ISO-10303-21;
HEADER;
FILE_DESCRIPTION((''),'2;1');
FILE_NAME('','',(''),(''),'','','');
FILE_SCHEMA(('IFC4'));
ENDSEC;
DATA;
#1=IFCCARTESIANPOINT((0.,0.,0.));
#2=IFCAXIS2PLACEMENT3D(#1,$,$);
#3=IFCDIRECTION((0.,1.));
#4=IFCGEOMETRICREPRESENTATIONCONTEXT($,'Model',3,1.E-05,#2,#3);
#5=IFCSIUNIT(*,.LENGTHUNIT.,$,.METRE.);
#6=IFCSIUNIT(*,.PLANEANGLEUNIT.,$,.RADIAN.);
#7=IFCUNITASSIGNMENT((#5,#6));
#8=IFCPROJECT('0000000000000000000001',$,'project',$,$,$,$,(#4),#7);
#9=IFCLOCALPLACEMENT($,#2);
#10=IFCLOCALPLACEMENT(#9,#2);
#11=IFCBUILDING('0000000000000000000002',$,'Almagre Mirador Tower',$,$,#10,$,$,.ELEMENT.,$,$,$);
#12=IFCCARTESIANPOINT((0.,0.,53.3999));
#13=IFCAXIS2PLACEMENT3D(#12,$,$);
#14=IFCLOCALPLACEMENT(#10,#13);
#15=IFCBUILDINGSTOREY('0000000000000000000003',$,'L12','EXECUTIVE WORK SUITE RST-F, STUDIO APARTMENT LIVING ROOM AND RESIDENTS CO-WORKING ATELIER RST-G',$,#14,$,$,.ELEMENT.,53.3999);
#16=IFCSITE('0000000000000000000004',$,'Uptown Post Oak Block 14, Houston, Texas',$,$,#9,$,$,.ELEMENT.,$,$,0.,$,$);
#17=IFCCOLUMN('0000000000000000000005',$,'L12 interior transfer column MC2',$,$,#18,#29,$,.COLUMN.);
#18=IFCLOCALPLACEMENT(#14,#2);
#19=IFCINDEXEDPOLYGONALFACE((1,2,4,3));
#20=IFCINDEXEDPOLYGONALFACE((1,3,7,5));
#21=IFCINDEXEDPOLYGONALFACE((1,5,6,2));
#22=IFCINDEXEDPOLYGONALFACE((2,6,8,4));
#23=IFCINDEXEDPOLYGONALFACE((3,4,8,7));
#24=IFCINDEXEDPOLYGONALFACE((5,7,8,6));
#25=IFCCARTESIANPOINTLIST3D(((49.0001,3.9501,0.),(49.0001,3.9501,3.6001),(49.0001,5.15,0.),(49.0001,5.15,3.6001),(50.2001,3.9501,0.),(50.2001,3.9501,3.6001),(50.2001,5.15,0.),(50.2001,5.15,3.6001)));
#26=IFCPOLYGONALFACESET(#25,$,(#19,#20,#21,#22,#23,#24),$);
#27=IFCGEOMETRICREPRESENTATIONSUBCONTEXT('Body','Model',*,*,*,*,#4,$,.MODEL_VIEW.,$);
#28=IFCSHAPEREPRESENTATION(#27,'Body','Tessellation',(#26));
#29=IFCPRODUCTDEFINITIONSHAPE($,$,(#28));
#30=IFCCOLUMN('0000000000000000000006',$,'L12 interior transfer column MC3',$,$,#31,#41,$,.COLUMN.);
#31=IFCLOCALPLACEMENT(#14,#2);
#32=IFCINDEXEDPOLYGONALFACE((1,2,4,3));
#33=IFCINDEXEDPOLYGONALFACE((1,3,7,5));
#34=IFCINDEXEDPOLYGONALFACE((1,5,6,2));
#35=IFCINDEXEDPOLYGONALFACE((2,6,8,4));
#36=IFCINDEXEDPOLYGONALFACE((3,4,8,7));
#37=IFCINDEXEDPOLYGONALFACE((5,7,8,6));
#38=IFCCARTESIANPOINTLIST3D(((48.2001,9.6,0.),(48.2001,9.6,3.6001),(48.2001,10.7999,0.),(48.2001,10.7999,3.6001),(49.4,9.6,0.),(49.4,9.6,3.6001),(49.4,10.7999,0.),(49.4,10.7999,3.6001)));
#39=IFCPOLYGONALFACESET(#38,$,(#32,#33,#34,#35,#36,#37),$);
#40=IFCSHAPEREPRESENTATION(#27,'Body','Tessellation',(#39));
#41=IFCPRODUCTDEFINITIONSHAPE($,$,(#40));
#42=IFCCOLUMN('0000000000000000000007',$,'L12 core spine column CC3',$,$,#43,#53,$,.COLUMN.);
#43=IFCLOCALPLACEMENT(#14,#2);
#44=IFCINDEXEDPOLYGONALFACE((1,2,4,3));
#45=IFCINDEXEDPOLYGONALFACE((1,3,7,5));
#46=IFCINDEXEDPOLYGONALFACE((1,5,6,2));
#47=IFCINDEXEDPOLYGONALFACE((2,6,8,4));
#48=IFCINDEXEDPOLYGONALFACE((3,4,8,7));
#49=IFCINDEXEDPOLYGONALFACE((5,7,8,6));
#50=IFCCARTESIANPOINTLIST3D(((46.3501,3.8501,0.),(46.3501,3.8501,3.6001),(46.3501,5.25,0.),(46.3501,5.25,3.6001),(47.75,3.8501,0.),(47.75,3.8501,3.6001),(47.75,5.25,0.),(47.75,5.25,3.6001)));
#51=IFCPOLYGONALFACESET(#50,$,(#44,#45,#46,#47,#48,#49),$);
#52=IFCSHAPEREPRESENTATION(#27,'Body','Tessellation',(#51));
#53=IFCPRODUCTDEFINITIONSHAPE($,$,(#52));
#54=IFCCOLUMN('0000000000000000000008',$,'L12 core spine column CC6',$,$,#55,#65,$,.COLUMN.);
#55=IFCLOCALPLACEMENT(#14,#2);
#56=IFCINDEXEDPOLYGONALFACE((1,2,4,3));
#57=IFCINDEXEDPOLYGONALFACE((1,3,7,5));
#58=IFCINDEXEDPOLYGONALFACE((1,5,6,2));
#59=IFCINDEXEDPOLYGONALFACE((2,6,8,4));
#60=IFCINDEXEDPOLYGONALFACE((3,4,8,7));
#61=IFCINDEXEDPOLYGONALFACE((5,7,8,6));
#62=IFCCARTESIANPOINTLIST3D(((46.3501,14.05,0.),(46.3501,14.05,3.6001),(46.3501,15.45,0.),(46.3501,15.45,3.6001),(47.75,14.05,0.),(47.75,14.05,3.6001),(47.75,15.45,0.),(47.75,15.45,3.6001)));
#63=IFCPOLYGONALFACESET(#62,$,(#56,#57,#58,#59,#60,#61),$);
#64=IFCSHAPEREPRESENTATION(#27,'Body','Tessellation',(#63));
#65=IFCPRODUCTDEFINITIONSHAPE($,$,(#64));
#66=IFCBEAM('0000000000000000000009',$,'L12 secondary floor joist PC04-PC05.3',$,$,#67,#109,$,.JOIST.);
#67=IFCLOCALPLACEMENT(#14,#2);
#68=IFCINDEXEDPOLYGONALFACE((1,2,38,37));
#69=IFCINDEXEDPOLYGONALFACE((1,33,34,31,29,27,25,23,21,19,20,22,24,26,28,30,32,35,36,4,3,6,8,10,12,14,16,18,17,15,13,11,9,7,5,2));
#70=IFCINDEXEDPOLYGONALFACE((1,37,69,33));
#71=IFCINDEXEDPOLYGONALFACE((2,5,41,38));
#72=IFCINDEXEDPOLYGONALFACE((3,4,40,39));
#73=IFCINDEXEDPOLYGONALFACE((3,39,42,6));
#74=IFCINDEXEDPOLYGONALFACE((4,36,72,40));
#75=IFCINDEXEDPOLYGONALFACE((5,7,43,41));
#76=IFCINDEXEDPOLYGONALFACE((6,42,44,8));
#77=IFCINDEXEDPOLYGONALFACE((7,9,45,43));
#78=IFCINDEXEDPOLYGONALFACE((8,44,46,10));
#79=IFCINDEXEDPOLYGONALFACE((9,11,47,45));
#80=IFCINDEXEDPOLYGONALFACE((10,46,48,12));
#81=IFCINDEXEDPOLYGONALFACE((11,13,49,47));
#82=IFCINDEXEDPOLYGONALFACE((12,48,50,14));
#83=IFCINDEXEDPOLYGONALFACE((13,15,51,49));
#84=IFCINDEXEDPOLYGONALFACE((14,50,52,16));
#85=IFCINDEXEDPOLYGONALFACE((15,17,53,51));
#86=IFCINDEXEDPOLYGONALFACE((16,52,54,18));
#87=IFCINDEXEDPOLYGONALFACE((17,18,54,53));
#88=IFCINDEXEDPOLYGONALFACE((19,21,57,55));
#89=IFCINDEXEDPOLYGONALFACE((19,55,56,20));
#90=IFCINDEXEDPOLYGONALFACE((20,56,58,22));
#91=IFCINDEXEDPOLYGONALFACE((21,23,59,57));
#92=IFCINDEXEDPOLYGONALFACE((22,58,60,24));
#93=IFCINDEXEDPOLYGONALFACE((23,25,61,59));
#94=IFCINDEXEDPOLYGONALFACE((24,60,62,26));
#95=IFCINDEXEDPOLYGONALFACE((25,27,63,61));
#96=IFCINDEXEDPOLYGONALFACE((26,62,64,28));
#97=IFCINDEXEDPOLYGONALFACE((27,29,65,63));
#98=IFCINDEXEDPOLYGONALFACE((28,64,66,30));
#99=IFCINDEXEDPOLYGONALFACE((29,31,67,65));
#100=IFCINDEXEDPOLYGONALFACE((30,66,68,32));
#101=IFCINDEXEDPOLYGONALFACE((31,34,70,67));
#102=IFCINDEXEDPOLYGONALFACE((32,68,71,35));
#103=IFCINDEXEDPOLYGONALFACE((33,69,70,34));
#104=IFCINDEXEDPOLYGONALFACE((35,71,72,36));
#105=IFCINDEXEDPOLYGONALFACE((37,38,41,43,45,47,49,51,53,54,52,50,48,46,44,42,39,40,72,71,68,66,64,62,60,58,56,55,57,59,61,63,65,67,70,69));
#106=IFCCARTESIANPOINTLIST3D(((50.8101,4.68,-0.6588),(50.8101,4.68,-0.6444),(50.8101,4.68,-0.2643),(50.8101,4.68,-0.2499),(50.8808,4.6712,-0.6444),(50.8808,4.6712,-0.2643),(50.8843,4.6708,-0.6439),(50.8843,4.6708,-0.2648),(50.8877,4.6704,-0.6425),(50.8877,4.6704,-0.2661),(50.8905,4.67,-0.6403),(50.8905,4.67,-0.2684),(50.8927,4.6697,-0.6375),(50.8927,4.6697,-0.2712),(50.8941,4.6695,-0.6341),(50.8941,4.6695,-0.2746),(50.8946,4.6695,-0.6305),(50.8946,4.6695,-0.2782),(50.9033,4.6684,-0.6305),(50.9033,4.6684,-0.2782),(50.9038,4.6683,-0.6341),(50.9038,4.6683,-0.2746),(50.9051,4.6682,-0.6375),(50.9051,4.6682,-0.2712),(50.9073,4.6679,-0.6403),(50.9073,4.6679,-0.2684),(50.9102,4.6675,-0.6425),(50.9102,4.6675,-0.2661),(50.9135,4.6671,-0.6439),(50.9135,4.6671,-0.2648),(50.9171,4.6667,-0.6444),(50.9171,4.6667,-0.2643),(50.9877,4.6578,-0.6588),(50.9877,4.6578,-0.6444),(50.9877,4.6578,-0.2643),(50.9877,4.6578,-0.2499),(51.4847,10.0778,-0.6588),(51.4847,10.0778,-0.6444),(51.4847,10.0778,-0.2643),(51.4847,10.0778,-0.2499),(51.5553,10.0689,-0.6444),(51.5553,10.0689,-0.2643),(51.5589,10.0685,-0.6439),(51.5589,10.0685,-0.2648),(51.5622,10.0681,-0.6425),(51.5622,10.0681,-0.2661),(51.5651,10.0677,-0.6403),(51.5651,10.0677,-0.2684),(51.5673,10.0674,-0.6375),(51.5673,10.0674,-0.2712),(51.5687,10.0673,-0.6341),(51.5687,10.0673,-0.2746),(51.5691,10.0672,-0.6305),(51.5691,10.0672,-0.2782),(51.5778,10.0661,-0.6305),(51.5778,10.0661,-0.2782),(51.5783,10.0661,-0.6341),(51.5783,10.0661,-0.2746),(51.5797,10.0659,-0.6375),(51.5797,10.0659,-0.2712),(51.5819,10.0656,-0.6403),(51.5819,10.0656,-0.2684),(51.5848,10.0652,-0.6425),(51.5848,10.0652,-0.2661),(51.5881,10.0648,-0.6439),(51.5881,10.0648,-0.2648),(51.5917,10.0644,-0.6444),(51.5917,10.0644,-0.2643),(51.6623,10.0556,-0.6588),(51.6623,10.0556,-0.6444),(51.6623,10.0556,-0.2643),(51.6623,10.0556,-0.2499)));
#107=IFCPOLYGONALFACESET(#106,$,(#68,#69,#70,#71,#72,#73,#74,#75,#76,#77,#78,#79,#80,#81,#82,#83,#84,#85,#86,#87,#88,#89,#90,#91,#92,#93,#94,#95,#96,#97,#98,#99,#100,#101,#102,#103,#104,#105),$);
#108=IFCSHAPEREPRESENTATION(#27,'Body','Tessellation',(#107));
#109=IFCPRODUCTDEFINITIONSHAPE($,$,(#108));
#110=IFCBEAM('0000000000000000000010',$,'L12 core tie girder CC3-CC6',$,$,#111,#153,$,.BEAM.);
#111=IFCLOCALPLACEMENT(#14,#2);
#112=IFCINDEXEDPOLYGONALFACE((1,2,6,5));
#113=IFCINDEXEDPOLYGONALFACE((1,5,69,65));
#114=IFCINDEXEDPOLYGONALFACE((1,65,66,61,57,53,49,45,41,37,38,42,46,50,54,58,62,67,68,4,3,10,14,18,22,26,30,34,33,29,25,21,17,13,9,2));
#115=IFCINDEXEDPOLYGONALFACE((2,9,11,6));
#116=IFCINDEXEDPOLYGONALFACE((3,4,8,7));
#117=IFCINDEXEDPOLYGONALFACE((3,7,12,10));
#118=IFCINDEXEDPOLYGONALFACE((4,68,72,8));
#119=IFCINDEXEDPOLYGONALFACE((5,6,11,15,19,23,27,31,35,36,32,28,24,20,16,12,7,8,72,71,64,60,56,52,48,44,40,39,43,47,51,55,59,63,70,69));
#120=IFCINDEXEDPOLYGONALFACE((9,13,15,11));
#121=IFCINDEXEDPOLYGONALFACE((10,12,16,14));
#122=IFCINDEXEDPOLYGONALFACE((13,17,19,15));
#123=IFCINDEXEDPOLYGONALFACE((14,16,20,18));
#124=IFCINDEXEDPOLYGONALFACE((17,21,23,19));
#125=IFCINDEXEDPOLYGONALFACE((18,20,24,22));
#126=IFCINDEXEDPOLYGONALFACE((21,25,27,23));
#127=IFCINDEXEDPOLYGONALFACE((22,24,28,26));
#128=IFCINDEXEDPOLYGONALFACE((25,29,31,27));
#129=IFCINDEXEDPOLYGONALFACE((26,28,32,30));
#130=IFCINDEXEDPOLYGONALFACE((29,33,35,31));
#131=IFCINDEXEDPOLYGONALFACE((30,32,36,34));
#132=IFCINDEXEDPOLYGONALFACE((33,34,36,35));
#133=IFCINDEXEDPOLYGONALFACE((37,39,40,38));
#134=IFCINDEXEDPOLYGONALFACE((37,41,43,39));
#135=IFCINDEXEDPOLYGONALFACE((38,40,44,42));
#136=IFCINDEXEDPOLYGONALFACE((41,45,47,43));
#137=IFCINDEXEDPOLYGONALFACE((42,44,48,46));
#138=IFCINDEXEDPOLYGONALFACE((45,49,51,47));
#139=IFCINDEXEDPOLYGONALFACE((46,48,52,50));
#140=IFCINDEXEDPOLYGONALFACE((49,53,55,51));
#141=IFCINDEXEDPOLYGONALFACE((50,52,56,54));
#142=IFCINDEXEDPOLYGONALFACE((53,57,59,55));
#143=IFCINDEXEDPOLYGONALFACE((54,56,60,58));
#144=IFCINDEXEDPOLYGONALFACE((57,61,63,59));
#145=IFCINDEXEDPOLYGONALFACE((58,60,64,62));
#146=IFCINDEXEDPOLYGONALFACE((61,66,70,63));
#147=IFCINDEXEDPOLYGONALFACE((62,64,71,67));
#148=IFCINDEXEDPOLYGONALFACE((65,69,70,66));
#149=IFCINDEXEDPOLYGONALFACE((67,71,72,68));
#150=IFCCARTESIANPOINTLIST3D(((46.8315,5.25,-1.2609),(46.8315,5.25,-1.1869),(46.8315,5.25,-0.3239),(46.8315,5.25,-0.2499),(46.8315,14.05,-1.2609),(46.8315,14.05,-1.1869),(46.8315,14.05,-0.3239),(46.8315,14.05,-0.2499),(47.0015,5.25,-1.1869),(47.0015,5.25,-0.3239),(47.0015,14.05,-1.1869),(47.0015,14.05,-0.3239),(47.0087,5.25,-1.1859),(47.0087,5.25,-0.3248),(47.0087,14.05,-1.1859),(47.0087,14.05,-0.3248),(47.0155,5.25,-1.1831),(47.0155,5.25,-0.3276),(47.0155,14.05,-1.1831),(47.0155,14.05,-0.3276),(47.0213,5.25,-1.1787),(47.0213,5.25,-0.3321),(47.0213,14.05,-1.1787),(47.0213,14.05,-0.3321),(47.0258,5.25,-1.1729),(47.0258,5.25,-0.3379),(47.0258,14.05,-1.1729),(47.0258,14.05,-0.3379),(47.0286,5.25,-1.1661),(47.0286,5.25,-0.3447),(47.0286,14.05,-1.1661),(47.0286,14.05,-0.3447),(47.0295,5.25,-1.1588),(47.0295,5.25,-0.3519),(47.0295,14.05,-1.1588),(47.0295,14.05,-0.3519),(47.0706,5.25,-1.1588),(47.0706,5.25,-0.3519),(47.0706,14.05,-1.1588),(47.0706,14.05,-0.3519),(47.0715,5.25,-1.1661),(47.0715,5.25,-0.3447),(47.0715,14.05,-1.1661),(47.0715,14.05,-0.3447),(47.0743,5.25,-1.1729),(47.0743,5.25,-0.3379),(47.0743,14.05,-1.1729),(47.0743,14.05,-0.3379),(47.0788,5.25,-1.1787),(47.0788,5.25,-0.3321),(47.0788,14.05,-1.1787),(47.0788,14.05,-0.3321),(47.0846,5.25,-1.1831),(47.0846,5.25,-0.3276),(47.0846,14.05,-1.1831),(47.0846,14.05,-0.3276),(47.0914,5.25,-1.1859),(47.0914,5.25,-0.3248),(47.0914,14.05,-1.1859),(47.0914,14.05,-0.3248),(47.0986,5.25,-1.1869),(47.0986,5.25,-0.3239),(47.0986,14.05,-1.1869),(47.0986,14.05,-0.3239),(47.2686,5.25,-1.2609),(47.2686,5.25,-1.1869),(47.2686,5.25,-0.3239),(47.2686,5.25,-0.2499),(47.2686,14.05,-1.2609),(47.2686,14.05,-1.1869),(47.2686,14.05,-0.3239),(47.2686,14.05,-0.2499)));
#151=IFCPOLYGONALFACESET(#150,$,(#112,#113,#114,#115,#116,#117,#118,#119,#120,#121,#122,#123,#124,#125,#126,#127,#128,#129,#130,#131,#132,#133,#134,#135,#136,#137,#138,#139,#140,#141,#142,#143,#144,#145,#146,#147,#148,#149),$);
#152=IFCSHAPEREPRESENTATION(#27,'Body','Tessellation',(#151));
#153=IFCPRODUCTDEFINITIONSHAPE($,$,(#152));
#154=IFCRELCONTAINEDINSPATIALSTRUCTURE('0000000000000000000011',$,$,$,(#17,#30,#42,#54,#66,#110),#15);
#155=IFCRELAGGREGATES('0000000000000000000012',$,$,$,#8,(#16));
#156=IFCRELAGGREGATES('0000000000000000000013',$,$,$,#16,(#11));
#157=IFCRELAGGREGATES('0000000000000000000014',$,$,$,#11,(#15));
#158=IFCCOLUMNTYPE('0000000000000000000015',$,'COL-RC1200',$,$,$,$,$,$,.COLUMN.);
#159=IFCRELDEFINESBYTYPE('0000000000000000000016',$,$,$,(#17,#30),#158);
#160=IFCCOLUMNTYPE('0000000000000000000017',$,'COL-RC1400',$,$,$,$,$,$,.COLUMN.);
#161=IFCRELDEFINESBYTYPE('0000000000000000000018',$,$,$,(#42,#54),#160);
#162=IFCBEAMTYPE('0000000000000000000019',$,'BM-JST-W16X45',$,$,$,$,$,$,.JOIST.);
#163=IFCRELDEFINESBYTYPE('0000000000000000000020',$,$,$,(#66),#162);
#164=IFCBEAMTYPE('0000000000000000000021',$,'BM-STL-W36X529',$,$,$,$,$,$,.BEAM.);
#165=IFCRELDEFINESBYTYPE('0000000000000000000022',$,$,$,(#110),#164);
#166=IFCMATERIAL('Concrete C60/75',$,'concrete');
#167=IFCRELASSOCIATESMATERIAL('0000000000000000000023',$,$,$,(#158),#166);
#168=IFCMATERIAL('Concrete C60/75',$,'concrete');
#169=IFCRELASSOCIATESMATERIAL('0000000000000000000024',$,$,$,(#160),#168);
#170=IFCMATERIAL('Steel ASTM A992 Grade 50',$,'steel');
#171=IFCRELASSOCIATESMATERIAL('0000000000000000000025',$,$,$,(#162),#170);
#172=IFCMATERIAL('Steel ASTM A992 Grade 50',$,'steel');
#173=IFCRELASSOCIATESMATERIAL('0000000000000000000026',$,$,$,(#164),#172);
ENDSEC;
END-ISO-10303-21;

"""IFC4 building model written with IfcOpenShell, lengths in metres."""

from ifc_helpers import new_model, si_unit, direction, frame, origin, origin_2d, place, context, subcontext, project, spatial, rectangle, i_section, extrude, material, material_profile, profile_set, type_object, element, save


model = new_model("IFC4")

# Units and contexts
model_context = context("Model", 3, precision=1e-05, world=origin(), true_north=direction((0.0, 1.0)))
body_context = subcontext(model_context, "Body", "Model", "MODEL_VIEW")
ifc_project = project(units=[si_unit("LENGTHUNIT", "METRE"), si_unit("PLANEANGLEUNIT", "RADIAN")], contexts=[model_context])

# Site, building, storey
site_placement = place(None, origin())
site = spatial("IfcSite", under=ifc_project, at=site_placement, Name="Uptown Post Oak Block 14, Houston, Texas", CompositionType="ELEMENT", RefElevation=0.0)
building_placement = place(site_placement, origin())
building = spatial("IfcBuilding", under=site, at=building_placement, Name="Almagre Mirador Tower", CompositionType="ELEMENT")
storey_placement = place(building_placement, frame((0.0, 0.0, 53.3999)))
storey = spatial("IfcBuildingStorey", under=building, at=storey_placement, Name="L12", Description="EXECUTIVE WORK SUITE RST-F, STUDIO APARTMENT LIVING ROOM AND RESIDENTS CO-WORKING ATELIER RST-G", CompositionType="ELEMENT", Elevation=53.3999)

# Columns
ifc_material_1 = material(Name="Concrete C60/75", Category="concrete")
ifc_material_profile_1 = material_profile(ifc_material_1, rectangle(XDim=1.2, YDim=1.2, at=origin_2d()), Name="RC1200X1200")
ifc_profile_set_1 = profile_set([ifc_material_profile_1], Name="Concrete C60/75")
column_type_1 = type_object("IfcColumnType", Name="COL-RC1200", PredefinedType="COLUMN", material=ifc_profile_set_1)
for number, where, z_axis, x_axis, name in (
    (1, (49.6001, 4.55, 0.0), (0.0, 0.0, 1.0), (1.0, 0.0, 0.0), "L12 interior transfer column MC2"),
    (2, (48.8, 10.2, 0.0), (0.0, 0.0, 1.0), (1.0, 0.0, 0.0), "L12 interior transfer column MC3"),
):
    element("IfcColumn", number, at=place(storey_placement, frame(where, z_axis=z_axis, x_axis=x_axis)), inside=storey, type_object=column_type_1, Name=name, PredefinedType="COLUMN", context=body_context, shape_type="SweptSolid", body=[
        extrude(rectangle(XDim=1.2, YDim=1.2, at=origin_2d()), origin(), (0.0, 0.0, 1.0), 3.6001),
    ])
ifc_material_2 = material(Name="Concrete C60/75", Category="concrete")
ifc_material_profile_2 = material_profile(ifc_material_2, rectangle(XDim=1.3999, YDim=1.3999, at=origin_2d()), Name="RC1400X1400")
ifc_profile_set_2 = profile_set([ifc_material_profile_2], Name="Concrete C60/75")
column_type_2 = type_object("IfcColumnType", Name="COL-RC1400", PredefinedType="COLUMN", material=ifc_profile_set_2)
for number, where, z_axis, x_axis, name in (
    (3, (47.05, 4.55, 0.0), (0.0, 0.0, 1.0), (1.0, 0.0, 0.0), "L12 core spine column CC3"),
    (4, (47.05, 14.75, 0.0), (0.0, 0.0, 1.0), (1.0, 0.0, 0.0), "L12 core spine column CC6"),
):
    element("IfcColumn", number, at=place(storey_placement, frame(where, z_axis=z_axis, x_axis=x_axis)), inside=storey, type_object=column_type_2, Name=name, PredefinedType="COLUMN", context=body_context, shape_type="SweptSolid", body=[
        extrude(rectangle(XDim=1.3999, YDim=1.3999, at=origin_2d()), origin(), (0.0, 0.0, 1.0), 3.6001),
    ])

# Beams
ifc_material_3 = material(Name="Steel ASTM A992 Grade 50", Category="steel")
ifc_material_profile_3 = material_profile(ifc_material_3, i_section(OverallWidth=0.179, OverallDepth=0.4089, WebThickness=0.0088, FlangeThickness=0.0144, FilletRadius=0.0139, at=origin_2d()), Name="W16X45")
ifc_profile_set_3 = profile_set([ifc_material_profile_3], Name="Steel ASTM A992 Grade 50")
beam_type_1 = type_object("IfcBeamType", Name="BM-JST-W16X45", PredefinedType="JOIST", material=ifc_profile_set_3)
beam_1_placement = place(storey_placement, frame((50.8989, 4.6689, -0.4543), z_axis=(0.124007, 0.992281, 0.0), x_axis=(-0.992281, 0.124007, 0.0)))
element("IfcBeam", 5, at=beam_1_placement, inside=storey, type_object=beam_type_1, Name="L12 secondary floor joist PC04-PC05.3", PredefinedType="JOIST", context=body_context, shape_type="SweptSolid", body=[
    extrude(i_section(OverallWidth=0.179, OverallDepth=0.4089, WebThickness=0.0088, FlangeThickness=0.0144, FilletRadius=0.0139, at=origin_2d()), origin(), (0.0, 0.0, 1.0), 5.4397),
])
ifc_material_4 = material(Name="Steel ASTM A992 Grade 50", Category="steel")
ifc_material_profile_4 = material_profile(ifc_material_4, i_section(OverallWidth=0.437, OverallDepth=1.011, WebThickness=0.041, FlangeThickness=0.074, FilletRadius=0.0281, at=origin_2d()), Name="W36X529")
ifc_profile_set_4 = profile_set([ifc_material_profile_4], Name="Steel ASTM A992 Grade 50")
beam_type_2 = type_object("IfcBeamType", Name="BM-STL-W36X529", PredefinedType="BEAM", material=ifc_profile_set_4)
beam_2_placement = place(storey_placement, frame((47.05, 5.25, -0.7554), z_axis=(0.0, 1.0, 0.0), x_axis=(-1.0, 0.0, 0.0)))
element("IfcBeam", 6, at=beam_2_placement, inside=storey, type_object=beam_type_2, Name="L12 core tie girder CC3-CC6", PredefinedType="BEAM", context=body_context, shape_type="SweptSolid", body=[
    extrude(i_section(OverallWidth=0.437, OverallDepth=1.011, WebThickness=0.041, FlangeThickness=0.074, FilletRadius=0.0281, at=origin_2d()), origin(), (0.0, 0.0, 1.0), 8.8),
])

save(model, "model.ifc")
